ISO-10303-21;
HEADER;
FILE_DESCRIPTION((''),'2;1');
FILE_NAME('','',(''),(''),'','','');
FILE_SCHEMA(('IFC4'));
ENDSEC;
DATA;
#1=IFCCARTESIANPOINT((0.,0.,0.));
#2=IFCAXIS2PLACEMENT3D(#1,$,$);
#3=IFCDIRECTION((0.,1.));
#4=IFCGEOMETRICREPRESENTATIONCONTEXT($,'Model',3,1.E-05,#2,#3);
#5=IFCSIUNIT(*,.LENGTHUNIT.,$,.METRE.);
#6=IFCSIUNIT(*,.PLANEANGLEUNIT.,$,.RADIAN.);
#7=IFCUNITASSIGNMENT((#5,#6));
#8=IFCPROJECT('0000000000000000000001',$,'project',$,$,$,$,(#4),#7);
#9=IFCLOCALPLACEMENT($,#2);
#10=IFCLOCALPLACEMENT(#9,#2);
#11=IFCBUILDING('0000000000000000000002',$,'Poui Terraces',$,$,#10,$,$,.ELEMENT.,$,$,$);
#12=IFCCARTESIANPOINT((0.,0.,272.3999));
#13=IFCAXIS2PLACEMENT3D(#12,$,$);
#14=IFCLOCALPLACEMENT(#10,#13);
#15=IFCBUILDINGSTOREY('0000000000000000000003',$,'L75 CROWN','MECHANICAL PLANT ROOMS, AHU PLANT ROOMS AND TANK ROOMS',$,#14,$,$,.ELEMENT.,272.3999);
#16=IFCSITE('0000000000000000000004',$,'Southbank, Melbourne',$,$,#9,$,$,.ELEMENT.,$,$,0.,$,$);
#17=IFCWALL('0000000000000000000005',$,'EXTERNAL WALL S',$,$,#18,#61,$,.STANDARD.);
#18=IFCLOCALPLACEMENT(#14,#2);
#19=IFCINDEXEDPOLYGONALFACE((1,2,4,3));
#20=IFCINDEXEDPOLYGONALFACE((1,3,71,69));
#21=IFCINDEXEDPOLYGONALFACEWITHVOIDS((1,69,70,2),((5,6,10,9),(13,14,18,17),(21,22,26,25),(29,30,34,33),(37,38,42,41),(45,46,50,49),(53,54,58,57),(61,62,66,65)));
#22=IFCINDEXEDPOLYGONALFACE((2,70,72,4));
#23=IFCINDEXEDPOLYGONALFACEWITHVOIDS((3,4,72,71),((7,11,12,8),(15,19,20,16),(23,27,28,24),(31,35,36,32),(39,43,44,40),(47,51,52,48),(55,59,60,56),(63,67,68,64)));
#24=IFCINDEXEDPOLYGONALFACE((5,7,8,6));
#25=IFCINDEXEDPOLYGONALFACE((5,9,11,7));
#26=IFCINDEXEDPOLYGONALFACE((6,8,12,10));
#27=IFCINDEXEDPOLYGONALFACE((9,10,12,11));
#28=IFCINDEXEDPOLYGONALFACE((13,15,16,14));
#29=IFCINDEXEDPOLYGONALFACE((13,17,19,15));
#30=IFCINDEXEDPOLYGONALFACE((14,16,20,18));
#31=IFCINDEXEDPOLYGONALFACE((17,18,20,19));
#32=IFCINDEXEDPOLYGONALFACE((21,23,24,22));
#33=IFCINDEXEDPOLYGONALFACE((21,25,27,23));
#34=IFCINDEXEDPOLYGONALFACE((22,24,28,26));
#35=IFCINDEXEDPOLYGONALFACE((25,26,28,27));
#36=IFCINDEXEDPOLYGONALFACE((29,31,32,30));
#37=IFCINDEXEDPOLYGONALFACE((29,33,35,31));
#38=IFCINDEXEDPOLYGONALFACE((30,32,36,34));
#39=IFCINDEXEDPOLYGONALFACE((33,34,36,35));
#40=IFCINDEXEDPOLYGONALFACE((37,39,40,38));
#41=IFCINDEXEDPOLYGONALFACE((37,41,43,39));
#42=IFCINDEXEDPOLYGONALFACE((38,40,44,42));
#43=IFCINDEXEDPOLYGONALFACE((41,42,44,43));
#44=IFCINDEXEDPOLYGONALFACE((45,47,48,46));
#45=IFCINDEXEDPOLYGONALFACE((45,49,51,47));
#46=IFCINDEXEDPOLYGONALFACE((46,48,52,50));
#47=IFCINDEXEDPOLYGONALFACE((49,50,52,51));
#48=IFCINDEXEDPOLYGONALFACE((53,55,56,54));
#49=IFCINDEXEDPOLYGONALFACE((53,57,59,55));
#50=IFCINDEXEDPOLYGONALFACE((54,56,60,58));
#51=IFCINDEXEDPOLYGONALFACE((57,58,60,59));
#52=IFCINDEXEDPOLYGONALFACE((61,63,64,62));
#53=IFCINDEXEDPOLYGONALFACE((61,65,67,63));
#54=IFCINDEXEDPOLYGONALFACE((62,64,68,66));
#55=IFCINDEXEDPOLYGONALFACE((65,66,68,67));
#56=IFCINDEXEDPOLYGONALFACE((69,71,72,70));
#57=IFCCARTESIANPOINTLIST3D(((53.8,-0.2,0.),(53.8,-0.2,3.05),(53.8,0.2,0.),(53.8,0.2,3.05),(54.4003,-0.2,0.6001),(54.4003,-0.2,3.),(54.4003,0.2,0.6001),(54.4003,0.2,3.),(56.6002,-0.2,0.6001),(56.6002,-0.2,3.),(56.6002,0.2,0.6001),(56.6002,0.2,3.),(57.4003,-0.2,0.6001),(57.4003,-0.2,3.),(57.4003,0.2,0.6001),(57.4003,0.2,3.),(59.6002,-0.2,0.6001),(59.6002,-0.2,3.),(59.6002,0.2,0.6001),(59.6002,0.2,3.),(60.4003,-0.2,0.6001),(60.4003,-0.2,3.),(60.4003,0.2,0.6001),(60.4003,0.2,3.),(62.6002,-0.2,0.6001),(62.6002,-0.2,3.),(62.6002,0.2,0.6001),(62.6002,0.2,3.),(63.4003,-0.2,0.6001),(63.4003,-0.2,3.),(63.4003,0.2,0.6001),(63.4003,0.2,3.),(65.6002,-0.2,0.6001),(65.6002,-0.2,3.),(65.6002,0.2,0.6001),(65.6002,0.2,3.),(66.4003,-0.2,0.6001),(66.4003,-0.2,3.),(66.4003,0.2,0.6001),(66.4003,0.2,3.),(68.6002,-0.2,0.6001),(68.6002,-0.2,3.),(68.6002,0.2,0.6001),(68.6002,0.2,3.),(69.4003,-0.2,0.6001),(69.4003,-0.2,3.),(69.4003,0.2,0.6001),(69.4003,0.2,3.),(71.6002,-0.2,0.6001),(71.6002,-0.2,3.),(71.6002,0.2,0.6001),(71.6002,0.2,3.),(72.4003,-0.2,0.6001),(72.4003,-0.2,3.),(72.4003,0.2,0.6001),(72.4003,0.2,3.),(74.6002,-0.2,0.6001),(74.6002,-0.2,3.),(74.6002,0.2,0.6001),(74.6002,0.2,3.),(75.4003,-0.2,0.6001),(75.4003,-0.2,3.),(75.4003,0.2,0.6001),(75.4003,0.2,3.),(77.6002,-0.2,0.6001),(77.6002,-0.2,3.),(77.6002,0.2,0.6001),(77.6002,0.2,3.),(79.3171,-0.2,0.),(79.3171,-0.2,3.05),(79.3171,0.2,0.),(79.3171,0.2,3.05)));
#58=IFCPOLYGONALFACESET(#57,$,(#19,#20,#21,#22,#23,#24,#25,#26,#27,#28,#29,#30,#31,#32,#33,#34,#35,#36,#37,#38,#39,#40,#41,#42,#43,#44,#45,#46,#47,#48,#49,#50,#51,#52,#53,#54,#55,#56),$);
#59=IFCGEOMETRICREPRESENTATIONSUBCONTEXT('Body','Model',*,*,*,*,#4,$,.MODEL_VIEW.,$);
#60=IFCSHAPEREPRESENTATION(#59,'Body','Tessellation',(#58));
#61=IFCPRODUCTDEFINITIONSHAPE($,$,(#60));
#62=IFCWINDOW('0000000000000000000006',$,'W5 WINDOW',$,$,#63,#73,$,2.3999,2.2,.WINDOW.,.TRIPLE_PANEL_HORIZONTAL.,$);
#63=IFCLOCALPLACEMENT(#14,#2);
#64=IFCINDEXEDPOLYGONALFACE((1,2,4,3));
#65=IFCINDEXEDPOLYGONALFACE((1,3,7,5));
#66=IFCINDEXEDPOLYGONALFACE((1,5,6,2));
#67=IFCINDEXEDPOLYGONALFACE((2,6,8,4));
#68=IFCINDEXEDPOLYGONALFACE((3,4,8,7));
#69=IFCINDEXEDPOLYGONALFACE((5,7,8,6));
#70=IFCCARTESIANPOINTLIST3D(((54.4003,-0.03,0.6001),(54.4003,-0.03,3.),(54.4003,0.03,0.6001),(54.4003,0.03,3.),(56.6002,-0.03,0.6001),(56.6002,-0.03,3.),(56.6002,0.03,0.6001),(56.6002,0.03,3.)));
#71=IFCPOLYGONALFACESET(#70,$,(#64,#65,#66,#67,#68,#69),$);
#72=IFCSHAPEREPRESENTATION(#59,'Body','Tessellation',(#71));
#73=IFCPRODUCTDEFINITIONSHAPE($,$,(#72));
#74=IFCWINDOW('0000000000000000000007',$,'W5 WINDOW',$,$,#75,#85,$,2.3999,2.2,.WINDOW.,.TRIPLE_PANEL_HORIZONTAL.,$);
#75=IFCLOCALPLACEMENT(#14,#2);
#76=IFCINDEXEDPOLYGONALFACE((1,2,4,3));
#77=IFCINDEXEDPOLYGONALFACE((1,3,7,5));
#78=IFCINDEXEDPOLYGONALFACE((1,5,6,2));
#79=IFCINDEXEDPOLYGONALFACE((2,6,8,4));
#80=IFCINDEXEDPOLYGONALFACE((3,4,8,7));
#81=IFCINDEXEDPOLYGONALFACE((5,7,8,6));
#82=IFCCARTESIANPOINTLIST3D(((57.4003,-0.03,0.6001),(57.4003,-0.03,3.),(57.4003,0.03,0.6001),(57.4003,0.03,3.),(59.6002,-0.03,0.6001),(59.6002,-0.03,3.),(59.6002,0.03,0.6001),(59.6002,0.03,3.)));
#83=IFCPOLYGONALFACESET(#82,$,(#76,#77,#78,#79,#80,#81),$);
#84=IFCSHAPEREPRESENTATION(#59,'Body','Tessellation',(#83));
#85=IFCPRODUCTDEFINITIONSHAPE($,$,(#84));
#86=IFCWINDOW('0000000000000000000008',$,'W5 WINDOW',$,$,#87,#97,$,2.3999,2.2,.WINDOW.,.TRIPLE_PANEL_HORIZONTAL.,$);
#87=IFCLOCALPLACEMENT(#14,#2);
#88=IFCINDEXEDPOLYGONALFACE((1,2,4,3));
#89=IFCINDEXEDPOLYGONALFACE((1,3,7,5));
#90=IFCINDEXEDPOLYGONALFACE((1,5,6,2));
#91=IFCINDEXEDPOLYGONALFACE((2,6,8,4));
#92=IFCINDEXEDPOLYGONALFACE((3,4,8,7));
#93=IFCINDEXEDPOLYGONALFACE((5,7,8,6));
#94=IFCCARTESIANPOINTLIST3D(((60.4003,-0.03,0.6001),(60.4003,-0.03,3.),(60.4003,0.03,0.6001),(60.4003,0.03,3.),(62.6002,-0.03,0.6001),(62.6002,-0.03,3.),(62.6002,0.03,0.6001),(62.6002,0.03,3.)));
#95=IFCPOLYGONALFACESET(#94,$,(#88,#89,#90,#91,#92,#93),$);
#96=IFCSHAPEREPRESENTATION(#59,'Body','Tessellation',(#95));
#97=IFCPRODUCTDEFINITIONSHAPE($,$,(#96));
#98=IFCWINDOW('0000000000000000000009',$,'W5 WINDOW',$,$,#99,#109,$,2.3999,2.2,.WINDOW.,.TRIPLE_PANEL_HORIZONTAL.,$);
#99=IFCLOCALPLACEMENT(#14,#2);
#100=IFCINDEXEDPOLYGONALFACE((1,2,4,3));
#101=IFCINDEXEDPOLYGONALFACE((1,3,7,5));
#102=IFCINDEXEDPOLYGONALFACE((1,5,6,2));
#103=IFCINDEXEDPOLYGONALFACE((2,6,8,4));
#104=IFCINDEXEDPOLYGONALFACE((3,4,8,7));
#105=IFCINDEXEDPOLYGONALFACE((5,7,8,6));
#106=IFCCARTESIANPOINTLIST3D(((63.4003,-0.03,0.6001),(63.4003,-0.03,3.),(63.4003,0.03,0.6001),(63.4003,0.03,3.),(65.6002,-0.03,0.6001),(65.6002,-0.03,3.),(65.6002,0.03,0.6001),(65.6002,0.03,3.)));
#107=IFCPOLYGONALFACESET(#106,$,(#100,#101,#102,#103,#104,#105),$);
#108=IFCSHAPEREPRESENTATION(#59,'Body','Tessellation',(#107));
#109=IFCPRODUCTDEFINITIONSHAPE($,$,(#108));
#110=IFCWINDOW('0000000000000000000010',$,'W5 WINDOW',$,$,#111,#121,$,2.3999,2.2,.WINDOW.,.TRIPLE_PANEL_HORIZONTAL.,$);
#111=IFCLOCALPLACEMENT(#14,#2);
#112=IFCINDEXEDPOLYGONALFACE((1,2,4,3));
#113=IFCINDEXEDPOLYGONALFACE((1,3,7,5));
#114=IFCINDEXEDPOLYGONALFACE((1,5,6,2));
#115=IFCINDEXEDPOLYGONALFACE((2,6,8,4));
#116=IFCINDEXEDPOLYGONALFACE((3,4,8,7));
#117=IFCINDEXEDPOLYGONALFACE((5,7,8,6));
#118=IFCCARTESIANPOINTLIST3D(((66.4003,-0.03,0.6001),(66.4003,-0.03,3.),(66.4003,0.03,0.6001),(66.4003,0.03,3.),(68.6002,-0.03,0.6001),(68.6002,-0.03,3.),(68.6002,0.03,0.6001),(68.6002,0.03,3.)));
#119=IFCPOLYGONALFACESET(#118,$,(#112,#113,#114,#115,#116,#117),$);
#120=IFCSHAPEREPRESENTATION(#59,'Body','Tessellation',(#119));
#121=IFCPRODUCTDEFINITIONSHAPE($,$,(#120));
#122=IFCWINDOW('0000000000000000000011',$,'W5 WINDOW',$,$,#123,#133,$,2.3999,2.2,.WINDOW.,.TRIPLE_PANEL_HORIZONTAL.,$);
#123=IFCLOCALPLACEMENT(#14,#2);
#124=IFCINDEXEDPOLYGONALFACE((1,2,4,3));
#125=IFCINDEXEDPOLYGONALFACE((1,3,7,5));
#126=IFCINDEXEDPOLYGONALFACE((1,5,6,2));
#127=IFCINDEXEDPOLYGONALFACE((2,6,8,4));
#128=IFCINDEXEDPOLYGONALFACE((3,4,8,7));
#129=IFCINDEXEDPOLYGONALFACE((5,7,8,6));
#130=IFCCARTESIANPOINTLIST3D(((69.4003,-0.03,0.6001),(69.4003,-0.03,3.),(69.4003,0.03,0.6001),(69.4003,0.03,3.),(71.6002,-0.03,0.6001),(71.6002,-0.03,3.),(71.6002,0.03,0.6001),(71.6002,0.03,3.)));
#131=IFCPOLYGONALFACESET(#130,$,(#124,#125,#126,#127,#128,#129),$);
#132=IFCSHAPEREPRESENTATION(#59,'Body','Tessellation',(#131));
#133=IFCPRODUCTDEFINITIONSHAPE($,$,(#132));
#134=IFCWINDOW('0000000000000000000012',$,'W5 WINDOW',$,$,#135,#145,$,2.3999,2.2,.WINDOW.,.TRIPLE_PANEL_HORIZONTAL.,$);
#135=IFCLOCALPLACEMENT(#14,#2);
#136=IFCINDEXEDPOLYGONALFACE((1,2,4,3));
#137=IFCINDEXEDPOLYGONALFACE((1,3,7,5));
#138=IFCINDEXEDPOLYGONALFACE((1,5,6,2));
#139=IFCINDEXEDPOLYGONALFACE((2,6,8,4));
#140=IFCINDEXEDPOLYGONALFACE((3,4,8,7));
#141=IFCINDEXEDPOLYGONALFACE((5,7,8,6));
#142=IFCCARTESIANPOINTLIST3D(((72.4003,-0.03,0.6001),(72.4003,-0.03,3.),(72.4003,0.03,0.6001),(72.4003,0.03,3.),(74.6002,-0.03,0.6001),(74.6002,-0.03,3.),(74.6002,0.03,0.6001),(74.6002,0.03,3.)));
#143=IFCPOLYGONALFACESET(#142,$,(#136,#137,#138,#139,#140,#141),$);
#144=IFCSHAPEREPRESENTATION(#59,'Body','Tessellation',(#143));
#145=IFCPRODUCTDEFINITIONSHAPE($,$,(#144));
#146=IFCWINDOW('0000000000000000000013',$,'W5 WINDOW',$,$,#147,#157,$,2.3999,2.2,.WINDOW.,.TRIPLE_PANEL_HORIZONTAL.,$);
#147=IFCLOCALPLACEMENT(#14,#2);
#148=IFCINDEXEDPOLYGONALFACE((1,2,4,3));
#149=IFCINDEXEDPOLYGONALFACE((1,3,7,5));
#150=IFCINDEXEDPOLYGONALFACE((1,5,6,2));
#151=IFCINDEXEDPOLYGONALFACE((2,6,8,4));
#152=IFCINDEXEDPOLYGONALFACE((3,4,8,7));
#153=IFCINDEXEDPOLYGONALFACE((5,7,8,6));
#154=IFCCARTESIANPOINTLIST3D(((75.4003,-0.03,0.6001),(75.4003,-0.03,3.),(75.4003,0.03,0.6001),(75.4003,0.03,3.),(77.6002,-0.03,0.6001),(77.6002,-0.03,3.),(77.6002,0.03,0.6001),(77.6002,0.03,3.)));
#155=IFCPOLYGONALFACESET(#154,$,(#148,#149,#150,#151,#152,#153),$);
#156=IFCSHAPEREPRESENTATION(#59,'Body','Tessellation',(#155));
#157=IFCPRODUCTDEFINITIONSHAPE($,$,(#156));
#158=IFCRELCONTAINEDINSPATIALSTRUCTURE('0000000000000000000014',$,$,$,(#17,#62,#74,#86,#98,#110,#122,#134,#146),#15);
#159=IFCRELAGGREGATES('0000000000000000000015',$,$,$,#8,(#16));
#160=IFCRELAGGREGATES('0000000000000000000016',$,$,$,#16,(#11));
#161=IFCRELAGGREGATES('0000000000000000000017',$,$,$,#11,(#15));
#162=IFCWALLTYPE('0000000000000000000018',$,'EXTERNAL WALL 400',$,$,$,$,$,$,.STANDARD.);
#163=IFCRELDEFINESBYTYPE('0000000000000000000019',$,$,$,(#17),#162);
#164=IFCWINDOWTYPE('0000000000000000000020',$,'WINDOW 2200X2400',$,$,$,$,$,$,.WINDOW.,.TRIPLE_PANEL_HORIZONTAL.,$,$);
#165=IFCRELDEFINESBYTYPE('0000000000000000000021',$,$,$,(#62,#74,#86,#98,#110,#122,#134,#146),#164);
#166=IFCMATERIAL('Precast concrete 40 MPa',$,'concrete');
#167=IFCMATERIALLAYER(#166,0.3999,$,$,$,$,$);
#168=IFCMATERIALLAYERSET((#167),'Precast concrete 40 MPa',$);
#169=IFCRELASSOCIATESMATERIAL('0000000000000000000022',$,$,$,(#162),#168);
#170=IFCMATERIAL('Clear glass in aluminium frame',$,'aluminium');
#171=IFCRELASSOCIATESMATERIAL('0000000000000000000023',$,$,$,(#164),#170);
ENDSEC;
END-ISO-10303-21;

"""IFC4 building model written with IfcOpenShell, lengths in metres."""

from ifc_helpers import new_model, si_unit, direction, frame, frame_2d, origin, place, context, subcontext, project, spatial, rectangle, extrude, material, layer, layer_set, type_object, element, fill, save


model = new_model("IFC4")

# Units and contexts
model_context = context("Model", 3, precision=1e-05, world=origin(), true_north=direction((0.0, 1.0)))
body_context = subcontext(model_context, "Body", "Model", "MODEL_VIEW")
ifc_project = project(units=[si_unit("LENGTHUNIT", "METRE"), si_unit("PLANEANGLEUNIT", "RADIAN")], contexts=[model_context])

# Site, building, storey
site_placement = place(None, origin())
site = spatial("IfcSite", under=ifc_project, at=site_placement, Name="Southbank, Melbourne", CompositionType="ELEMENT", RefElevation=0.0)
building_placement = place(site_placement, origin())
building = spatial("IfcBuilding", under=site, at=building_placement, Name="Poui Terraces", CompositionType="ELEMENT")
storey_placement = place(building_placement, frame((0.0, 0.0, 272.3999)))
storey = spatial("IfcBuildingStorey", under=building, at=storey_placement, Name="L75 CROWN", Description="MECHANICAL PLANT ROOMS, AHU PLANT ROOMS AND TANK ROOMS", CompositionType="ELEMENT", Elevation=272.3999)

# Shared definitions
ifc_material_1 = material(Name="Clear glass in aluminium frame", Category="aluminium")

# Wall, openings, windows
ifc_material_2 = material(Name="Precast concrete 40 MPa", Category="concrete")
ifc_layer_1 = layer(ifc_material_2, 0.3999)
ifc_layer_set_1 = layer_set([ifc_layer_1], Name="Precast concrete 40 MPa")
wall_type_1 = type_object("IfcWallType", Name="EXTERNAL WALL 400", PredefinedType="STANDARD", material=ifc_layer_set_1)
wall_1_placement = place(storey_placement, frame((53.8, 0.0, 0.0), z_axis=(0.0, 0.0, 1.0), x_axis=(1.0, 0.0, 0.0)))
wall_1 = element("IfcWall", 1, at=wall_1_placement, inside=storey, type_object=wall_type_1, Name="EXTERNAL WALL S", PredefinedType="STANDARD", context=body_context, shape_type="SweptSolid", body=[
    extrude(rectangle(XDim=25.5171, YDim=0.3999, at=frame_2d((12.7585, 0.0))), origin(), (0.0, 0.0, 1.0), 3.05),
])
opening_1_placement = place(wall_1_placement, frame((0.6001, 0.0, 0.6001)))
opening_1 = element("IfcOpeningElement", 2, at=opening_1_placement, cuts=wall_1, PredefinedType="OPENING", context=body_context, shape_type="SweptSolid", body=[
    extrude(rectangle(XDim=2.2, YDim=2.3999, at=frame_2d((1.1001, 1.2))), frame((0.0, 0.21, 0.0), z_axis=(0.0, -1.0, 0.0), x_axis=(1.0, 0.0, 0.0)), (0.0, 0.0, 1.0), 0.4199),
])
opening_2_placement = place(wall_1_placement, frame((3.6001, 0.0, 0.6001)))
opening_2 = element("IfcOpeningElement", 3, at=opening_2_placement, cuts=wall_1, PredefinedType="OPENING", context=body_context, shape_type="SweptSolid", body=[
    extrude(rectangle(XDim=2.2, YDim=2.3999, at=frame_2d((1.1001, 1.2))), frame((0.0, 0.21, 0.0), z_axis=(0.0, -1.0, 0.0), x_axis=(1.0, 0.0, 0.0)), (0.0, 0.0, 1.0), 0.4199),
])
opening_3_placement = place(wall_1_placement, frame((6.6001, 0.0, 0.6001)))
opening_3 = element("IfcOpeningElement", 4, at=opening_3_placement, cuts=wall_1, PredefinedType="OPENING", context=body_context, shape_type="SweptSolid", body=[
    extrude(rectangle(XDim=2.2, YDim=2.3999, at=frame_2d((1.1001, 1.2))), frame((0.0, 0.21, 0.0), z_axis=(0.0, -1.0, 0.0), x_axis=(1.0, 0.0, 0.0)), (0.0, 0.0, 1.0), 0.4199),
])
opening_4_placement = place(wall_1_placement, frame((9.6001, 0.0, 0.6001)))
opening_4 = element("IfcOpeningElement", 5, at=opening_4_placement, cuts=wall_1, PredefinedType="OPENING", context=body_context, shape_type="SweptSolid", body=[
    extrude(rectangle(XDim=2.2, YDim=2.3999, at=frame_2d((1.1001, 1.2))), frame((0.0, 0.21, 0.0), z_axis=(0.0, -1.0, 0.0), x_axis=(1.0, 0.0, 0.0)), (0.0, 0.0, 1.0), 0.4199),
])
opening_5_placement = place(wall_1_placement, frame((12.6001, 0.0, 0.6001)))
opening_5 = element("IfcOpeningElement", 6, at=opening_5_placement, cuts=wall_1, PredefinedType="OPENING", context=body_context, shape_type="SweptSolid", body=[
    extrude(rectangle(XDim=2.2, YDim=2.3999, at=frame_2d((1.1001, 1.2))), frame((0.0, 0.21, 0.0), z_axis=(0.0, -1.0, 0.0), x_axis=(1.0, 0.0, 0.0)), (0.0, 0.0, 1.0), 0.4199),
])
opening_6_placement = place(wall_1_placement, frame((15.6001, 0.0, 0.6001)))
opening_6 = element("IfcOpeningElement", 7, at=opening_6_placement, cuts=wall_1, PredefinedType="OPENING", context=body_context, shape_type="SweptSolid", body=[
    extrude(rectangle(XDim=2.2, YDim=2.3999, at=frame_2d((1.1001, 1.2))), frame((0.0, 0.21, 0.0), z_axis=(0.0, -1.0, 0.0), x_axis=(1.0, 0.0, 0.0)), (0.0, 0.0, 1.0), 0.4199),
])
opening_7_placement = place(wall_1_placement, frame((18.6001, 0.0, 0.6001)))
opening_7 = element("IfcOpeningElement", 8, at=opening_7_placement, cuts=wall_1, PredefinedType="OPENING", context=body_context, shape_type="SweptSolid", body=[
    extrude(rectangle(XDim=2.2, YDim=2.3999, at=frame_2d((1.1001, 1.2))), frame((0.0, 0.21, 0.0), z_axis=(0.0, -1.0, 0.0), x_axis=(1.0, 0.0, 0.0)), (0.0, 0.0, 1.0), 0.4199),
])
opening_8_placement = place(wall_1_placement, frame((21.6001, 0.0, 0.6001)))
opening_8 = element("IfcOpeningElement", 9, at=opening_8_placement, cuts=wall_1, PredefinedType="OPENING", context=body_context, shape_type="SweptSolid", body=[
    extrude(rectangle(XDim=2.2, YDim=2.3999, at=frame_2d((1.1001, 1.2))), frame((0.0, 0.21, 0.0), z_axis=(0.0, -1.0, 0.0), x_axis=(1.0, 0.0, 0.0)), (0.0, 0.0, 1.0), 0.4199),
])
window_type_1 = type_object("IfcWindowType", Name="WINDOW 2200X2400", PartitioningType="TRIPLE_PANEL_HORIZONTAL", PredefinedType="WINDOW", material=ifc_material_1)
window_1_placement = place(opening_1_placement, origin())
window_1 = element("IfcWindow", 10, at=window_1_placement, inside=storey, type_object=window_type_1, Name="W5 WINDOW", OverallHeight=2.3999, OverallWidth=2.2, PartitioningType="TRIPLE_PANEL_HORIZONTAL", PredefinedType="WINDOW", context=body_context, shape_type="SweptSolid", body=[
    extrude(rectangle(XDim=2.2, YDim=2.3999, at=frame_2d((1.1001, 1.2))), frame((0.0, 0.03, 0.0), z_axis=(0.0, -1.0, 0.0), x_axis=(1.0, 0.0, 0.0)), (0.0, 0.0, 1.0), 0.0601),
])
fill(opening_1, window_1)
window_2_placement = place(opening_2_placement, origin())
window_2 = element("IfcWindow", 11, at=window_2_placement, inside=storey, type_object=window_type_1, Name="W5 WINDOW", OverallHeight=2.3999, OverallWidth=2.2, PartitioningType="TRIPLE_PANEL_HORIZONTAL", PredefinedType="WINDOW", context=body_context, shape_type="SweptSolid", body=[
    extrude(rectangle(XDim=2.2, YDim=2.3999, at=frame_2d((1.1001, 1.2))), frame((0.0, 0.03, 0.0), z_axis=(0.0, -1.0, 0.0), x_axis=(1.0, 0.0, 0.0)), (0.0, 0.0, 1.0), 0.0601),
])
fill(opening_2, window_2)
window_3_placement = place(opening_3_placement, origin())
window_3 = element("IfcWindow", 12, at=window_3_placement, inside=storey, type_object=window_type_1, Name="W5 WINDOW", OverallHeight=2.3999, OverallWidth=2.2, PartitioningType="TRIPLE_PANEL_HORIZONTAL", PredefinedType="WINDOW", context=body_context, shape_type="SweptSolid", body=[
    extrude(rectangle(XDim=2.2, YDim=2.3999, at=frame_2d((1.1001, 1.2))), frame((0.0, 0.03, 0.0), z_axis=(0.0, -1.0, 0.0), x_axis=(1.0, 0.0, 0.0)), (0.0, 0.0, 1.0), 0.0601),
])
fill(opening_3, window_3)
window_4_placement = place(opening_4_placement, origin())
window_4 = element("IfcWindow", 13, at=window_4_placement, inside=storey, type_object=window_type_1, Name="W5 WINDOW", OverallHeight=2.3999, OverallWidth=2.2, PartitioningType="TRIPLE_PANEL_HORIZONTAL", PredefinedType="WINDOW", context=body_context, shape_type="SweptSolid", body=[
    extrude(rectangle(XDim=2.2, YDim=2.3999, at=frame_2d((1.1001, 1.2))), frame((0.0, 0.03, 0.0), z_axis=(0.0, -1.0, 0.0), x_axis=(1.0, 0.0, 0.0)), (0.0, 0.0, 1.0), 0.0601),
])
fill(opening_4, window_4)
window_5_placement = place(opening_5_placement, origin())
window_5 = element("IfcWindow", 14, at=window_5_placement, inside=storey, type_object=window_type_1, Name="W5 WINDOW", OverallHeight=2.3999, OverallWidth=2.2, PartitioningType="TRIPLE_PANEL_HORIZONTAL", PredefinedType="WINDOW", context=body_context, shape_type="SweptSolid", body=[
    extrude(rectangle(XDim=2.2, YDim=2.3999, at=frame_2d((1.1001, 1.2))), frame((0.0, 0.03, 0.0), z_axis=(0.0, -1.0, 0.0), x_axis=(1.0, 0.0, 0.0)), (0.0, 0.0, 1.0), 0.0601),
])
fill(opening_5, window_5)
window_6_placement = place(opening_6_placement, origin())
window_6 = element("IfcWindow", 15, at=window_6_placement, inside=storey, type_object=window_type_1, Name="W5 WINDOW", OverallHeight=2.3999, OverallWidth=2.2, PartitioningType="TRIPLE_PANEL_HORIZONTAL", PredefinedType="WINDOW", context=body_context, shape_type="SweptSolid", body=[
    extrude(rectangle(XDim=2.2, YDim=2.3999, at=frame_2d((1.1001, 1.2))), frame((0.0, 0.03, 0.0), z_axis=(0.0, -1.0, 0.0), x_axis=(1.0, 0.0, 0.0)), (0.0, 0.0, 1.0), 0.0601),
])
fill(opening_6, window_6)
window_7_placement = place(opening_7_placement, origin())
window_7 = element("IfcWindow", 16, at=window_7_placement, inside=storey, type_object=window_type_1, Name="W5 WINDOW", OverallHeight=2.3999, OverallWidth=2.2, PartitioningType="TRIPLE_PANEL_HORIZONTAL", PredefinedType="WINDOW", context=body_context, shape_type="SweptSolid", body=[
    extrude(rectangle(XDim=2.2, YDim=2.3999, at=frame_2d((1.1001, 1.2))), frame((0.0, 0.03, 0.0), z_axis=(0.0, -1.0, 0.0), x_axis=(1.0, 0.0, 0.0)), (0.0, 0.0, 1.0), 0.0601),
])
fill(opening_7, window_7)
window_8_placement = place(opening_8_placement, origin())
window_8 = element("IfcWindow", 17, at=window_8_placement, inside=storey, type_object=window_type_1, Name="W5 WINDOW", OverallHeight=2.3999, OverallWidth=2.2, PartitioningType="TRIPLE_PANEL_HORIZONTAL", PredefinedType="WINDOW", context=body_context, shape_type="SweptSolid", body=[
    extrude(rectangle(XDim=2.2, YDim=2.3999, at=frame_2d((1.1001, 1.2))), frame((0.0, 0.03, 0.0), z_axis=(0.0, -1.0, 0.0), x_axis=(1.0, 0.0, 0.0)), (0.0, 0.0, 1.0), 0.0601),
])
fill(opening_8, window_8)

save(model, "model.ifc")
